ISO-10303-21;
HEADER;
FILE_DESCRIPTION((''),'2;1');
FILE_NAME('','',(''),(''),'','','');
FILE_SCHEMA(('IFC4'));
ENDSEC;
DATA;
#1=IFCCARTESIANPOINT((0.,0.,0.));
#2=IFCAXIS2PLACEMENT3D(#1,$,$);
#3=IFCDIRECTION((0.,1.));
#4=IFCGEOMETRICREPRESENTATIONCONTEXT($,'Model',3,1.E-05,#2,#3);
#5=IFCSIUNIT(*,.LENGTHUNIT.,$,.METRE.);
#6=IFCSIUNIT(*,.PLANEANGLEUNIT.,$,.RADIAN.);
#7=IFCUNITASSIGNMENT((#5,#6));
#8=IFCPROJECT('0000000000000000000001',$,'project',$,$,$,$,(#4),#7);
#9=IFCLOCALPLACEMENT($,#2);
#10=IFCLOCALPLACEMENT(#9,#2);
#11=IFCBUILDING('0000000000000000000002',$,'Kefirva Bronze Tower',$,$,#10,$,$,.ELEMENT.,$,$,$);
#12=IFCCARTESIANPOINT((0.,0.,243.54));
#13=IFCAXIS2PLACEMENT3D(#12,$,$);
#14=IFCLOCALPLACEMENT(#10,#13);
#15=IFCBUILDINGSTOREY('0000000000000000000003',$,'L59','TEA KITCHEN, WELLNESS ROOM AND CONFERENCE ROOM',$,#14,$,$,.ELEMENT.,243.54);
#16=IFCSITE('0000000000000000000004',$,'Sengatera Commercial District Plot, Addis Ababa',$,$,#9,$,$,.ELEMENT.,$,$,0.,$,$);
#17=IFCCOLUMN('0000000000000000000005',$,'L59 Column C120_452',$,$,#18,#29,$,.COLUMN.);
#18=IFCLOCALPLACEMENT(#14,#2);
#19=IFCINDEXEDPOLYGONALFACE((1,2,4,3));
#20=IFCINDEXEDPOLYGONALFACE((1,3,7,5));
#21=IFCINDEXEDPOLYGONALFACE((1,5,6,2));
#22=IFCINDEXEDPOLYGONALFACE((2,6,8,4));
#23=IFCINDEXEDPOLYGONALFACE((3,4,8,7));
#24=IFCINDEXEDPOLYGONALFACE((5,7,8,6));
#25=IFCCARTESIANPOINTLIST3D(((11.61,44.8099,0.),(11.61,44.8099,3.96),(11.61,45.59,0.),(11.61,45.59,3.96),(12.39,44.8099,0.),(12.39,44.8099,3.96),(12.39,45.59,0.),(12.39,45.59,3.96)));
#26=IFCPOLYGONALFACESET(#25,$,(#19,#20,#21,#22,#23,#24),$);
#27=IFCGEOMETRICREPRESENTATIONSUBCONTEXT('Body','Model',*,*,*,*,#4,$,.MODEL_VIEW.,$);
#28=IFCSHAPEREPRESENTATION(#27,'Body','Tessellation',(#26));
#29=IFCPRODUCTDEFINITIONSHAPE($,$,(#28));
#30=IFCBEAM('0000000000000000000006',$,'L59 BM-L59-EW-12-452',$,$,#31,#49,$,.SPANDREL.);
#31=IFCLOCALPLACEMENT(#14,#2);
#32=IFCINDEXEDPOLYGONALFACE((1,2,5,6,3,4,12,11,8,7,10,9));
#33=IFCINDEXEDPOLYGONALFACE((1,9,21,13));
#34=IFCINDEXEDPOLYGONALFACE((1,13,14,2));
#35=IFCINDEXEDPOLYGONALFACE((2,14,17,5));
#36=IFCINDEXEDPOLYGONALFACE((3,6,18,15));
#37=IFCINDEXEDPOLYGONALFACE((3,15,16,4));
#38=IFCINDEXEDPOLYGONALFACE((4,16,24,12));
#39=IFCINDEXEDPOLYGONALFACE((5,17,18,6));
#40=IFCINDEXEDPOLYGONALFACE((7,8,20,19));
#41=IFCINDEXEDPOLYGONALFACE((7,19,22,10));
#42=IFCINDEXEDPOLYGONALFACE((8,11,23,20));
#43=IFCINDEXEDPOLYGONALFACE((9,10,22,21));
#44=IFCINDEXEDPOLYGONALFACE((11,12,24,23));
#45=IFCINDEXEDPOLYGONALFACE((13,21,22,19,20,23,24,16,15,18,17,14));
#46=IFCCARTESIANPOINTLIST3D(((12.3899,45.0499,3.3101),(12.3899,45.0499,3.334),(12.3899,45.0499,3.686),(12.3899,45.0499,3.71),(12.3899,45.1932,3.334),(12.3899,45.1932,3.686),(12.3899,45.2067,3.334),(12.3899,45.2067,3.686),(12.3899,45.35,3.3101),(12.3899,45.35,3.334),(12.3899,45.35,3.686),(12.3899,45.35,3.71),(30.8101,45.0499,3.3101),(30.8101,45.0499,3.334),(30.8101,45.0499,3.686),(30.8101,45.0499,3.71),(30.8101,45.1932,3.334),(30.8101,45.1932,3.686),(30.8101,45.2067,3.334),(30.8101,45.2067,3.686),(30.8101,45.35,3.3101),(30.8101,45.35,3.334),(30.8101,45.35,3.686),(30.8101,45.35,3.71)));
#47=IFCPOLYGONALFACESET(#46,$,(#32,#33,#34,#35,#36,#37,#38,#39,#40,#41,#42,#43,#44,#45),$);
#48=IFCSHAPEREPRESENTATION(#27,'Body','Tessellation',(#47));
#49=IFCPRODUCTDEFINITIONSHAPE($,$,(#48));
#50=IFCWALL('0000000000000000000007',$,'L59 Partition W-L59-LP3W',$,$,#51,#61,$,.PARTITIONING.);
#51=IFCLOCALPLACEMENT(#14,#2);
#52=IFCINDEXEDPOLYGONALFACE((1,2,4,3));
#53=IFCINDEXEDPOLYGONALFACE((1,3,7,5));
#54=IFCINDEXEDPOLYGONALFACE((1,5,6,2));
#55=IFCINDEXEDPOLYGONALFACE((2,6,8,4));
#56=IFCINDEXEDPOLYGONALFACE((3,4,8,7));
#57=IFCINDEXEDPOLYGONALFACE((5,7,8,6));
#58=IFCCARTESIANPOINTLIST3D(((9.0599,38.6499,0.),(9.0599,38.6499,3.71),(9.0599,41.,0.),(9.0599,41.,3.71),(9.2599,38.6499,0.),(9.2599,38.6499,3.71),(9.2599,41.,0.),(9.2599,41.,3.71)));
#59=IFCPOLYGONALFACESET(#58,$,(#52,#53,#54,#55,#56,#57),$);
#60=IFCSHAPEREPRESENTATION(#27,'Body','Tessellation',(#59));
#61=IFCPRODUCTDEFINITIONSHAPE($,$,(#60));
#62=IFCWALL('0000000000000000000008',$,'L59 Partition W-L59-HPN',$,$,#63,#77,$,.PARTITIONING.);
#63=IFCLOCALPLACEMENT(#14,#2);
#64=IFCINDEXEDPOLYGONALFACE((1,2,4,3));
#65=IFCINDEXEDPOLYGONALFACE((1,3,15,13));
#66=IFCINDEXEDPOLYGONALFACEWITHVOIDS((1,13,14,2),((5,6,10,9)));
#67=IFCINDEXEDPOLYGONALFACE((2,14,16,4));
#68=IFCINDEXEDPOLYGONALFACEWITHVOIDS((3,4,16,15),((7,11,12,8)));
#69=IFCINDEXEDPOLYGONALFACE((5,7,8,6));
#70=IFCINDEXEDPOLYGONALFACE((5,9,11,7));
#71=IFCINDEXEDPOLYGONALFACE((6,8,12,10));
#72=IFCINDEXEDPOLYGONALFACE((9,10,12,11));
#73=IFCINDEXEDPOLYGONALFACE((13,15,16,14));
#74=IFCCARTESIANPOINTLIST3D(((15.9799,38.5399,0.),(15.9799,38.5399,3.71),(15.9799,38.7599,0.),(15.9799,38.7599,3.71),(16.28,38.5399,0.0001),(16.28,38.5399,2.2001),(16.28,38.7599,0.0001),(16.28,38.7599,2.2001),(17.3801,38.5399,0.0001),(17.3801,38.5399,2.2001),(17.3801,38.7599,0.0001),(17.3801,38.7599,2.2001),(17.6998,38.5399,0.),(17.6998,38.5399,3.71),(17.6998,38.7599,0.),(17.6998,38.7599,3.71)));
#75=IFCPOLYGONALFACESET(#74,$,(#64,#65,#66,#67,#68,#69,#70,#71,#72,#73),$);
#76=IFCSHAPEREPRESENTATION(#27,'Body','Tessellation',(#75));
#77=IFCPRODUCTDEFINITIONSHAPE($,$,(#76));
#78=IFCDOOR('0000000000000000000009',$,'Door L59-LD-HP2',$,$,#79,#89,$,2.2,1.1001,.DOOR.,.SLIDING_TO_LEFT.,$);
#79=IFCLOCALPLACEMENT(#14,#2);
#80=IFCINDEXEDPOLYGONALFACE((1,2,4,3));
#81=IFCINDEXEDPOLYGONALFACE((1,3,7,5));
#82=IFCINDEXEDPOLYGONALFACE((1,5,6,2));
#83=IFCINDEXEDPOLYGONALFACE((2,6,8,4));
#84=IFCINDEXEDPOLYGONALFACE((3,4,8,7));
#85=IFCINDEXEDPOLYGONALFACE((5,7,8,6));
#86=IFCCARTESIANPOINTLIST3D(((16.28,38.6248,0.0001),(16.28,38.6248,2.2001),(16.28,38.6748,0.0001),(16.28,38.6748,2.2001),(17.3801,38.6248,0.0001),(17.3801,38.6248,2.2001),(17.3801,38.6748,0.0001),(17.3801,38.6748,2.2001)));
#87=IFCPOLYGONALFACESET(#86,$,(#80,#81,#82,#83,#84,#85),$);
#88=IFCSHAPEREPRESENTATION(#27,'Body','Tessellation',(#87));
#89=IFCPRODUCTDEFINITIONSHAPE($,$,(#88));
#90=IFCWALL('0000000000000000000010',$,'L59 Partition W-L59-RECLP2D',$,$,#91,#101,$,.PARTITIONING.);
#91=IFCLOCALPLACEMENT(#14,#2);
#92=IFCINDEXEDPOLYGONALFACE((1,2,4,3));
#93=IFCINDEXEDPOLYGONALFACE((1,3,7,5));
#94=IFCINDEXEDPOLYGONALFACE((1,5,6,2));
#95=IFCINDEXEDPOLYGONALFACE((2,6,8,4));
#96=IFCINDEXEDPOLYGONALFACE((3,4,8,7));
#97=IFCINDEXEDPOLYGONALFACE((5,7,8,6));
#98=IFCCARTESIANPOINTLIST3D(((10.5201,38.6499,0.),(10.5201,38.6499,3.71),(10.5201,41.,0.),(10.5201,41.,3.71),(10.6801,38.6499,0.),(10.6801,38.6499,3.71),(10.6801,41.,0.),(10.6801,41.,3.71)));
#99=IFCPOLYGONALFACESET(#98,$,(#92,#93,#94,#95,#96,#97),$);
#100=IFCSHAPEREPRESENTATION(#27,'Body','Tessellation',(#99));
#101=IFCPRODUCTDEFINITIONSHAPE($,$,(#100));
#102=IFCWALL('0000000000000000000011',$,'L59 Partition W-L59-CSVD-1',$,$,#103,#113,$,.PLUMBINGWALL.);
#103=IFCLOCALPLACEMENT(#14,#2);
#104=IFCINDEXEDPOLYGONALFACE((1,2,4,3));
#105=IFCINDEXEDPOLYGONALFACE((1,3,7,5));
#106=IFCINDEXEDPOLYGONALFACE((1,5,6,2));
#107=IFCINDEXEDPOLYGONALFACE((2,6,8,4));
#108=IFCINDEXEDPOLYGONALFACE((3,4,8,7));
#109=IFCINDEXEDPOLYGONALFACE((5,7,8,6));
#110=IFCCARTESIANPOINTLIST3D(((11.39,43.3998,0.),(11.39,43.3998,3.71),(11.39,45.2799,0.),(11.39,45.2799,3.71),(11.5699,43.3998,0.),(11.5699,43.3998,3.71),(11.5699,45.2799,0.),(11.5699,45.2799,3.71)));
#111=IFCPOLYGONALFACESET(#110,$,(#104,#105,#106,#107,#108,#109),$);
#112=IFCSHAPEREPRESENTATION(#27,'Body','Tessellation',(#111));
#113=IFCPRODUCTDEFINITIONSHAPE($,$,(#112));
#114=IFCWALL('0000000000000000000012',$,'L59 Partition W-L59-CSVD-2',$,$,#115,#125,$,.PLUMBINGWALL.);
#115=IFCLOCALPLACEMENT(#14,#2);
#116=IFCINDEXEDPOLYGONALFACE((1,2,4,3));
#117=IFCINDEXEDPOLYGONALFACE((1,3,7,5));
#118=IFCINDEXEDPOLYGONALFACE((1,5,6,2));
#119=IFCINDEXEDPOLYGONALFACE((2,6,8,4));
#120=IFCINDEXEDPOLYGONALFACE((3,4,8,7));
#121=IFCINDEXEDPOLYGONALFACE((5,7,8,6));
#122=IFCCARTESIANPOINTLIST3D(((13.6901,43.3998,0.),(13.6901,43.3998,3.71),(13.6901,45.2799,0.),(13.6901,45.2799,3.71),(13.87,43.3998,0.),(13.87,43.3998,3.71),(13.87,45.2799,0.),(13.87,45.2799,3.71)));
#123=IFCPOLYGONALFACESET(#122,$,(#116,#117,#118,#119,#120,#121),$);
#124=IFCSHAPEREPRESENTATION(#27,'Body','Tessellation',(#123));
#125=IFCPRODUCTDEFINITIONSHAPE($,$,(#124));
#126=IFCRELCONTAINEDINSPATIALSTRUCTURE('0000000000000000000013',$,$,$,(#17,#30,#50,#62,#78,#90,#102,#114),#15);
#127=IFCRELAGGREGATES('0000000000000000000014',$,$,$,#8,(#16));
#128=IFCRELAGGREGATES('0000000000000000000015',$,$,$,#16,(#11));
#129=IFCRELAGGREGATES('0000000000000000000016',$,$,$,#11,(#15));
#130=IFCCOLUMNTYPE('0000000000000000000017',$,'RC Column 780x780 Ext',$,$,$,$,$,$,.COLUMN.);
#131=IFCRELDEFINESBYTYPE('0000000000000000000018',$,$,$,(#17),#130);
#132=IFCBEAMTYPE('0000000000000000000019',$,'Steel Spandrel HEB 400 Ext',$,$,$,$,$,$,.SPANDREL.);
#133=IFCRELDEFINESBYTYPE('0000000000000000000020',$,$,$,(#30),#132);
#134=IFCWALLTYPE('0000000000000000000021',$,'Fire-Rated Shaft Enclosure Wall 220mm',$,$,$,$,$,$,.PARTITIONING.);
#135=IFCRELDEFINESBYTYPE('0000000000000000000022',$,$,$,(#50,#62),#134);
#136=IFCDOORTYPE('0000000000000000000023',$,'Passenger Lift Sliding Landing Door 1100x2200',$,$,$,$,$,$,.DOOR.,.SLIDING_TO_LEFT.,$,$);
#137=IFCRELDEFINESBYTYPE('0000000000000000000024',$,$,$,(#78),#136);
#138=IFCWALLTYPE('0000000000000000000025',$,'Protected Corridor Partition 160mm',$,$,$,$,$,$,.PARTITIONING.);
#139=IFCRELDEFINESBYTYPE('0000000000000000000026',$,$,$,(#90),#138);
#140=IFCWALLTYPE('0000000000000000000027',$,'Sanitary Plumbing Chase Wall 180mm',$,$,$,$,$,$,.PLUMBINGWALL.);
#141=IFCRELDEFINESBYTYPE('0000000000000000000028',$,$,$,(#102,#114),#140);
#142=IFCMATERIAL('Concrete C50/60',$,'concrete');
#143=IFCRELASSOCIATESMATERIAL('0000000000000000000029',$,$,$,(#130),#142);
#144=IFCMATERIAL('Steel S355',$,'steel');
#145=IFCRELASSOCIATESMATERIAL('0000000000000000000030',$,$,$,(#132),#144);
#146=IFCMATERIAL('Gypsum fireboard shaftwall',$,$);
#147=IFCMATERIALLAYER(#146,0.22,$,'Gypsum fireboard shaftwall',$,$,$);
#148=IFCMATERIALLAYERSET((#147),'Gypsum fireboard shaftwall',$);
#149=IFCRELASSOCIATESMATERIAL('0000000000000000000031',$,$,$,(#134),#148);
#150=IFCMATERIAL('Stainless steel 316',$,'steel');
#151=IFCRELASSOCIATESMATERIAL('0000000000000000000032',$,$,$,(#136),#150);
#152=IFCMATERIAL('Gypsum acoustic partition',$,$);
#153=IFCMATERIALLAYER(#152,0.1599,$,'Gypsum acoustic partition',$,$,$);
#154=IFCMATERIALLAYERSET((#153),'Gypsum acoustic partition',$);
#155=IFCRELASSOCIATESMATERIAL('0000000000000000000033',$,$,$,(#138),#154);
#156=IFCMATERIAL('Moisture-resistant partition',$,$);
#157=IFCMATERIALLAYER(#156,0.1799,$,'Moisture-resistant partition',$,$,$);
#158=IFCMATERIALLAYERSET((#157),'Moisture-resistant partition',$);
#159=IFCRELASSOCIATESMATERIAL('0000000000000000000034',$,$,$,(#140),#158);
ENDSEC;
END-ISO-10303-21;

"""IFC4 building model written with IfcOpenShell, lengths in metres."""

from ifc_helpers import new_model, si_unit, direction, frame, frame_2d, origin, origin_2d, place, context, subcontext, project, spatial, rectangle, i_section, extrude, material, layer, layer_set, material_profile, profile_set, type_object, element, fill, save


model = new_model("IFC4")

# Units and contexts
model_context = context("Model", 3, precision=1e-05, world=origin(), true_north=direction((0.0, 1.0)))
body_context = subcontext(model_context, "Body", "Model", "MODEL_VIEW")
ifc_project = project(units=[si_unit("LENGTHUNIT", "METRE"), si_unit("PLANEANGLEUNIT", "RADIAN")], contexts=[model_context])

# Site, building, storey
site_placement = place(None, origin())
site = spatial("IfcSite", under=ifc_project, at=site_placement, Name="Sengatera Commercial District Plot, Addis Ababa", CompositionType="ELEMENT", RefElevation=0.0)
building_placement = place(site_placement, origin())
building = spatial("IfcBuilding", under=site, at=building_placement, Name="Kefirva Bronze Tower", CompositionType="ELEMENT")
storey_placement = place(building_placement, frame((0.0, 0.0, 243.54)))
storey = spatial("IfcBuildingStorey", under=building, at=storey_placement, Name="L59", Description="TEA KITCHEN, WELLNESS ROOM AND CONFERENCE ROOM", CompositionType="ELEMENT", Elevation=243.54)

# Column
ifc_material_1 = material(Name="Concrete C50/60", Category="concrete")
ifc_material_profile_1 = material_profile(ifc_material_1, rectangle(XDim=0.78, YDim=0.78, at=origin_2d()), Name="RC 780x780")
ifc_profile_set_1 = profile_set([ifc_material_profile_1], Name="Concrete C50/60")
column_type = type_object("IfcColumnType", Name="RC Column 780x780 Ext", PredefinedType="COLUMN", material=ifc_profile_set_1)
column_placement = place(storey_placement, frame((12.0, 45.2, 0.0), z_axis=(0.0, 0.0, 1.0), x_axis=(1.0, 0.0, 0.0)))
element("IfcColumn", 1, at=column_placement, inside=storey, type_object=column_type, Name="L59 Column C120_452", PredefinedType="COLUMN", context=body_context, shape_type="SweptSolid", body=[
    extrude(rectangle(XDim=0.78, YDim=0.78, at=origin_2d()), origin(), (0.0, 0.0, 1.0), 3.96),
])

# Beam
ifc_material_2 = material(Name="Steel S355", Category="steel")
ifc_material_profile_2 = material_profile(ifc_material_2, i_section(OverallWidth=0.3, OverallDepth=0.3999, WebThickness=0.0134, FlangeThickness=0.0239, at=origin_2d()), Name="HEB 400")
ifc_profile_set_2 = profile_set([ifc_material_profile_2], Name="Steel S355")
beam_type = type_object("IfcBeamType", Name="Steel Spandrel HEB 400 Ext", PredefinedType="SPANDREL", material=ifc_profile_set_2)
beam_placement = place(storey_placement, frame((12.3899, 45.2, 3.51), z_axis=(1.0, 0.0, 0.0), x_axis=(0.0, 1.0, 0.0)))
element("IfcBeam", 2, at=beam_placement, inside=storey, type_object=beam_type, Name="L59 BM-L59-EW-12-452", PredefinedType="SPANDREL", context=body_context, shape_type="SweptSolid", body=[
    extrude(i_section(OverallWidth=0.3, OverallDepth=0.3999, WebThickness=0.0134, FlangeThickness=0.0239, at=origin_2d()), origin(), (0.0, 0.0, 1.0), 18.4202),
])

# Shared definitions
ifc_material_3 = material(Name="Gypsum acoustic partition")

# Wall
ifc_material_4 = material(Name="Gypsum fireboard shaftwall")
ifc_layer_1 = layer(ifc_material_4, 0.22, Name="Gypsum fireboard shaftwall")
ifc_layer_set_1 = layer_set([ifc_layer_1], Name="Gypsum fireboard shaftwall")
wall_type_1 = type_object("IfcWallType", Name="Fire-Rated Shaft Enclosure Wall 220mm", PredefinedType="PARTITIONING", material=ifc_layer_set_1)
wall_1_placement = place(storey_placement, frame((9.1599, 38.6499, 0.0), z_axis=(0.0, 0.0, 1.0), x_axis=(0.0, 1.0, 0.0)))
element("IfcWall", 3, at=wall_1_placement, inside=storey, type_object=wall_type_1, Name="L59 Partition W-L59-LP3W", PredefinedType="PARTITIONING", context=body_context, shape_type="SweptSolid", body=[
    extrude(rectangle(XDim=2.3501, YDim=0.2, at=frame_2d((1.175, 0.0))), origin(), (0.0, 0.0, 1.0), 3.71),
])

# Wall, opening, door
wall_2_placement = place(storey_placement, frame((15.98, 38.6499, 0.0), z_axis=(0.0, 0.0, 1.0), x_axis=(1.0, 0.0, 0.0)))
wall_2 = element("IfcWall", 4, at=wall_2_placement, inside=storey, type_object=wall_type_1, Name="L59 Partition W-L59-HPN", PredefinedType="PARTITIONING", context=body_context, shape_type="SweptSolid", body=[
    extrude(rectangle(XDim=1.72, YDim=0.22, at=frame_2d((0.8599, 0.0))), origin(), (0.0, 0.0, 1.0), 3.71),
])
opening_1_placement = place(wall_2_placement, frame((0.3, 0.0, 0.0)))
opening_1 = element("IfcOpeningElement", 5, at=opening_1_placement, cuts=wall_2, PredefinedType="OPENING", context=body_context, shape_type="SweptSolid", body=[
    extrude(rectangle(XDim=1.1001, YDim=2.2, at=frame_2d((0.55, 1.1001))), frame((0.0, 0.1201, 0.0), z_axis=(0.0, -1.0, 0.0), x_axis=(1.0, 0.0, 0.0)), (0.0, 0.0, 1.0), 0.24),
])
ifc_material_5 = material(Name="Stainless steel 316", Category="steel")
door_type_1 = type_object("IfcDoorType", Name="Passenger Lift Sliding Landing Door 1100x2200", OperationType="SLIDING_TO_LEFT", PredefinedType="DOOR", material=ifc_material_5)
door_1_placement = place(opening_1_placement, origin())
door_1 = element("IfcDoor", 6, at=door_1_placement, inside=storey, type_object=door_type_1, Name="Door L59-LD-HP2", OperationType="SLIDING_TO_LEFT", OverallHeight=2.2, OverallWidth=1.1001, PredefinedType="DOOR", context=body_context, shape_type="SweptSolid", body=[
    extrude(rectangle(XDim=1.1001, YDim=2.2, at=frame_2d((0.55, 1.1001))), frame((0.0, 0.0249, 0.0), z_axis=(0.0, -1.0, 0.0), x_axis=(1.0, 0.0, 0.0)), (0.0, 0.0, 1.0), 0.05),
])
fill(opening_1, door_1)

# Shared definitions
ifc_layer_2 = layer(ifc_material_3, 0.1599, Name="Gypsum acoustic partition")
ifc_layer_set_2 = layer_set([ifc_layer_2], Name="Gypsum acoustic partition")
wall_type_2 = type_object("IfcWallType", Name="Protected Corridor Partition 160mm", PredefinedType="PARTITIONING", material=ifc_layer_set_2)

# Walls
wall_3_placement = place(storey_placement, frame((10.6001, 38.6499, 0.0), z_axis=(0.0, 0.0, 1.0), x_axis=(0.0, 1.0, 0.0)))
element("IfcWall", 7, at=wall_3_placement, inside=storey, type_object=wall_type_2, Name="L59 Partition W-L59-RECLP2D", PredefinedType="PARTITIONING", context=body_context, shape_type="SweptSolid", body=[
    extrude(rectangle(XDim=2.3501, YDim=0.1599, at=frame_2d((1.175, 0.0))), origin(), (0.0, 0.0, 1.0), 3.71),
])
ifc_material_6 = material(Name="Moisture-resistant partition")
ifc_layer_3 = layer(ifc_material_6, 0.1799, Name="Moisture-resistant partition")
ifc_layer_set_3 = layer_set([ifc_layer_3], Name="Moisture-resistant partition")
wall_type_3 = type_object("IfcWallType", Name="Sanitary Plumbing Chase Wall 180mm", PredefinedType="PLUMBINGWALL", material=ifc_layer_set_3)
for number, where, z_axis, x_axis, name in (
    (8, (11.48, 43.3999, 0.0), (0.0, 0.0, 1.0), (0.0, 1.0, 0.0), "L59 Partition W-L59-CSVD-1"),
    (9, (13.78, 43.3999, 0.0), (0.0, 0.0, 1.0), (0.0, 1.0, 0.0), "L59 Partition W-L59-CSVD-2"),
):
    element("IfcWall", number, at=place(storey_placement, frame(where, z_axis=z_axis, x_axis=x_axis)), inside=storey, type_object=wall_type_3, Name=name, PredefinedType="PLUMBINGWALL", context=body_context, shape_type="SweptSolid", body=[
        extrude(rectangle(XDim=1.8801, YDim=0.1799, at=frame_2d((0.9399, 0.0))), origin(), (0.0, 0.0, 1.0), 3.71),
    ])

save(model, "model.ifc")
